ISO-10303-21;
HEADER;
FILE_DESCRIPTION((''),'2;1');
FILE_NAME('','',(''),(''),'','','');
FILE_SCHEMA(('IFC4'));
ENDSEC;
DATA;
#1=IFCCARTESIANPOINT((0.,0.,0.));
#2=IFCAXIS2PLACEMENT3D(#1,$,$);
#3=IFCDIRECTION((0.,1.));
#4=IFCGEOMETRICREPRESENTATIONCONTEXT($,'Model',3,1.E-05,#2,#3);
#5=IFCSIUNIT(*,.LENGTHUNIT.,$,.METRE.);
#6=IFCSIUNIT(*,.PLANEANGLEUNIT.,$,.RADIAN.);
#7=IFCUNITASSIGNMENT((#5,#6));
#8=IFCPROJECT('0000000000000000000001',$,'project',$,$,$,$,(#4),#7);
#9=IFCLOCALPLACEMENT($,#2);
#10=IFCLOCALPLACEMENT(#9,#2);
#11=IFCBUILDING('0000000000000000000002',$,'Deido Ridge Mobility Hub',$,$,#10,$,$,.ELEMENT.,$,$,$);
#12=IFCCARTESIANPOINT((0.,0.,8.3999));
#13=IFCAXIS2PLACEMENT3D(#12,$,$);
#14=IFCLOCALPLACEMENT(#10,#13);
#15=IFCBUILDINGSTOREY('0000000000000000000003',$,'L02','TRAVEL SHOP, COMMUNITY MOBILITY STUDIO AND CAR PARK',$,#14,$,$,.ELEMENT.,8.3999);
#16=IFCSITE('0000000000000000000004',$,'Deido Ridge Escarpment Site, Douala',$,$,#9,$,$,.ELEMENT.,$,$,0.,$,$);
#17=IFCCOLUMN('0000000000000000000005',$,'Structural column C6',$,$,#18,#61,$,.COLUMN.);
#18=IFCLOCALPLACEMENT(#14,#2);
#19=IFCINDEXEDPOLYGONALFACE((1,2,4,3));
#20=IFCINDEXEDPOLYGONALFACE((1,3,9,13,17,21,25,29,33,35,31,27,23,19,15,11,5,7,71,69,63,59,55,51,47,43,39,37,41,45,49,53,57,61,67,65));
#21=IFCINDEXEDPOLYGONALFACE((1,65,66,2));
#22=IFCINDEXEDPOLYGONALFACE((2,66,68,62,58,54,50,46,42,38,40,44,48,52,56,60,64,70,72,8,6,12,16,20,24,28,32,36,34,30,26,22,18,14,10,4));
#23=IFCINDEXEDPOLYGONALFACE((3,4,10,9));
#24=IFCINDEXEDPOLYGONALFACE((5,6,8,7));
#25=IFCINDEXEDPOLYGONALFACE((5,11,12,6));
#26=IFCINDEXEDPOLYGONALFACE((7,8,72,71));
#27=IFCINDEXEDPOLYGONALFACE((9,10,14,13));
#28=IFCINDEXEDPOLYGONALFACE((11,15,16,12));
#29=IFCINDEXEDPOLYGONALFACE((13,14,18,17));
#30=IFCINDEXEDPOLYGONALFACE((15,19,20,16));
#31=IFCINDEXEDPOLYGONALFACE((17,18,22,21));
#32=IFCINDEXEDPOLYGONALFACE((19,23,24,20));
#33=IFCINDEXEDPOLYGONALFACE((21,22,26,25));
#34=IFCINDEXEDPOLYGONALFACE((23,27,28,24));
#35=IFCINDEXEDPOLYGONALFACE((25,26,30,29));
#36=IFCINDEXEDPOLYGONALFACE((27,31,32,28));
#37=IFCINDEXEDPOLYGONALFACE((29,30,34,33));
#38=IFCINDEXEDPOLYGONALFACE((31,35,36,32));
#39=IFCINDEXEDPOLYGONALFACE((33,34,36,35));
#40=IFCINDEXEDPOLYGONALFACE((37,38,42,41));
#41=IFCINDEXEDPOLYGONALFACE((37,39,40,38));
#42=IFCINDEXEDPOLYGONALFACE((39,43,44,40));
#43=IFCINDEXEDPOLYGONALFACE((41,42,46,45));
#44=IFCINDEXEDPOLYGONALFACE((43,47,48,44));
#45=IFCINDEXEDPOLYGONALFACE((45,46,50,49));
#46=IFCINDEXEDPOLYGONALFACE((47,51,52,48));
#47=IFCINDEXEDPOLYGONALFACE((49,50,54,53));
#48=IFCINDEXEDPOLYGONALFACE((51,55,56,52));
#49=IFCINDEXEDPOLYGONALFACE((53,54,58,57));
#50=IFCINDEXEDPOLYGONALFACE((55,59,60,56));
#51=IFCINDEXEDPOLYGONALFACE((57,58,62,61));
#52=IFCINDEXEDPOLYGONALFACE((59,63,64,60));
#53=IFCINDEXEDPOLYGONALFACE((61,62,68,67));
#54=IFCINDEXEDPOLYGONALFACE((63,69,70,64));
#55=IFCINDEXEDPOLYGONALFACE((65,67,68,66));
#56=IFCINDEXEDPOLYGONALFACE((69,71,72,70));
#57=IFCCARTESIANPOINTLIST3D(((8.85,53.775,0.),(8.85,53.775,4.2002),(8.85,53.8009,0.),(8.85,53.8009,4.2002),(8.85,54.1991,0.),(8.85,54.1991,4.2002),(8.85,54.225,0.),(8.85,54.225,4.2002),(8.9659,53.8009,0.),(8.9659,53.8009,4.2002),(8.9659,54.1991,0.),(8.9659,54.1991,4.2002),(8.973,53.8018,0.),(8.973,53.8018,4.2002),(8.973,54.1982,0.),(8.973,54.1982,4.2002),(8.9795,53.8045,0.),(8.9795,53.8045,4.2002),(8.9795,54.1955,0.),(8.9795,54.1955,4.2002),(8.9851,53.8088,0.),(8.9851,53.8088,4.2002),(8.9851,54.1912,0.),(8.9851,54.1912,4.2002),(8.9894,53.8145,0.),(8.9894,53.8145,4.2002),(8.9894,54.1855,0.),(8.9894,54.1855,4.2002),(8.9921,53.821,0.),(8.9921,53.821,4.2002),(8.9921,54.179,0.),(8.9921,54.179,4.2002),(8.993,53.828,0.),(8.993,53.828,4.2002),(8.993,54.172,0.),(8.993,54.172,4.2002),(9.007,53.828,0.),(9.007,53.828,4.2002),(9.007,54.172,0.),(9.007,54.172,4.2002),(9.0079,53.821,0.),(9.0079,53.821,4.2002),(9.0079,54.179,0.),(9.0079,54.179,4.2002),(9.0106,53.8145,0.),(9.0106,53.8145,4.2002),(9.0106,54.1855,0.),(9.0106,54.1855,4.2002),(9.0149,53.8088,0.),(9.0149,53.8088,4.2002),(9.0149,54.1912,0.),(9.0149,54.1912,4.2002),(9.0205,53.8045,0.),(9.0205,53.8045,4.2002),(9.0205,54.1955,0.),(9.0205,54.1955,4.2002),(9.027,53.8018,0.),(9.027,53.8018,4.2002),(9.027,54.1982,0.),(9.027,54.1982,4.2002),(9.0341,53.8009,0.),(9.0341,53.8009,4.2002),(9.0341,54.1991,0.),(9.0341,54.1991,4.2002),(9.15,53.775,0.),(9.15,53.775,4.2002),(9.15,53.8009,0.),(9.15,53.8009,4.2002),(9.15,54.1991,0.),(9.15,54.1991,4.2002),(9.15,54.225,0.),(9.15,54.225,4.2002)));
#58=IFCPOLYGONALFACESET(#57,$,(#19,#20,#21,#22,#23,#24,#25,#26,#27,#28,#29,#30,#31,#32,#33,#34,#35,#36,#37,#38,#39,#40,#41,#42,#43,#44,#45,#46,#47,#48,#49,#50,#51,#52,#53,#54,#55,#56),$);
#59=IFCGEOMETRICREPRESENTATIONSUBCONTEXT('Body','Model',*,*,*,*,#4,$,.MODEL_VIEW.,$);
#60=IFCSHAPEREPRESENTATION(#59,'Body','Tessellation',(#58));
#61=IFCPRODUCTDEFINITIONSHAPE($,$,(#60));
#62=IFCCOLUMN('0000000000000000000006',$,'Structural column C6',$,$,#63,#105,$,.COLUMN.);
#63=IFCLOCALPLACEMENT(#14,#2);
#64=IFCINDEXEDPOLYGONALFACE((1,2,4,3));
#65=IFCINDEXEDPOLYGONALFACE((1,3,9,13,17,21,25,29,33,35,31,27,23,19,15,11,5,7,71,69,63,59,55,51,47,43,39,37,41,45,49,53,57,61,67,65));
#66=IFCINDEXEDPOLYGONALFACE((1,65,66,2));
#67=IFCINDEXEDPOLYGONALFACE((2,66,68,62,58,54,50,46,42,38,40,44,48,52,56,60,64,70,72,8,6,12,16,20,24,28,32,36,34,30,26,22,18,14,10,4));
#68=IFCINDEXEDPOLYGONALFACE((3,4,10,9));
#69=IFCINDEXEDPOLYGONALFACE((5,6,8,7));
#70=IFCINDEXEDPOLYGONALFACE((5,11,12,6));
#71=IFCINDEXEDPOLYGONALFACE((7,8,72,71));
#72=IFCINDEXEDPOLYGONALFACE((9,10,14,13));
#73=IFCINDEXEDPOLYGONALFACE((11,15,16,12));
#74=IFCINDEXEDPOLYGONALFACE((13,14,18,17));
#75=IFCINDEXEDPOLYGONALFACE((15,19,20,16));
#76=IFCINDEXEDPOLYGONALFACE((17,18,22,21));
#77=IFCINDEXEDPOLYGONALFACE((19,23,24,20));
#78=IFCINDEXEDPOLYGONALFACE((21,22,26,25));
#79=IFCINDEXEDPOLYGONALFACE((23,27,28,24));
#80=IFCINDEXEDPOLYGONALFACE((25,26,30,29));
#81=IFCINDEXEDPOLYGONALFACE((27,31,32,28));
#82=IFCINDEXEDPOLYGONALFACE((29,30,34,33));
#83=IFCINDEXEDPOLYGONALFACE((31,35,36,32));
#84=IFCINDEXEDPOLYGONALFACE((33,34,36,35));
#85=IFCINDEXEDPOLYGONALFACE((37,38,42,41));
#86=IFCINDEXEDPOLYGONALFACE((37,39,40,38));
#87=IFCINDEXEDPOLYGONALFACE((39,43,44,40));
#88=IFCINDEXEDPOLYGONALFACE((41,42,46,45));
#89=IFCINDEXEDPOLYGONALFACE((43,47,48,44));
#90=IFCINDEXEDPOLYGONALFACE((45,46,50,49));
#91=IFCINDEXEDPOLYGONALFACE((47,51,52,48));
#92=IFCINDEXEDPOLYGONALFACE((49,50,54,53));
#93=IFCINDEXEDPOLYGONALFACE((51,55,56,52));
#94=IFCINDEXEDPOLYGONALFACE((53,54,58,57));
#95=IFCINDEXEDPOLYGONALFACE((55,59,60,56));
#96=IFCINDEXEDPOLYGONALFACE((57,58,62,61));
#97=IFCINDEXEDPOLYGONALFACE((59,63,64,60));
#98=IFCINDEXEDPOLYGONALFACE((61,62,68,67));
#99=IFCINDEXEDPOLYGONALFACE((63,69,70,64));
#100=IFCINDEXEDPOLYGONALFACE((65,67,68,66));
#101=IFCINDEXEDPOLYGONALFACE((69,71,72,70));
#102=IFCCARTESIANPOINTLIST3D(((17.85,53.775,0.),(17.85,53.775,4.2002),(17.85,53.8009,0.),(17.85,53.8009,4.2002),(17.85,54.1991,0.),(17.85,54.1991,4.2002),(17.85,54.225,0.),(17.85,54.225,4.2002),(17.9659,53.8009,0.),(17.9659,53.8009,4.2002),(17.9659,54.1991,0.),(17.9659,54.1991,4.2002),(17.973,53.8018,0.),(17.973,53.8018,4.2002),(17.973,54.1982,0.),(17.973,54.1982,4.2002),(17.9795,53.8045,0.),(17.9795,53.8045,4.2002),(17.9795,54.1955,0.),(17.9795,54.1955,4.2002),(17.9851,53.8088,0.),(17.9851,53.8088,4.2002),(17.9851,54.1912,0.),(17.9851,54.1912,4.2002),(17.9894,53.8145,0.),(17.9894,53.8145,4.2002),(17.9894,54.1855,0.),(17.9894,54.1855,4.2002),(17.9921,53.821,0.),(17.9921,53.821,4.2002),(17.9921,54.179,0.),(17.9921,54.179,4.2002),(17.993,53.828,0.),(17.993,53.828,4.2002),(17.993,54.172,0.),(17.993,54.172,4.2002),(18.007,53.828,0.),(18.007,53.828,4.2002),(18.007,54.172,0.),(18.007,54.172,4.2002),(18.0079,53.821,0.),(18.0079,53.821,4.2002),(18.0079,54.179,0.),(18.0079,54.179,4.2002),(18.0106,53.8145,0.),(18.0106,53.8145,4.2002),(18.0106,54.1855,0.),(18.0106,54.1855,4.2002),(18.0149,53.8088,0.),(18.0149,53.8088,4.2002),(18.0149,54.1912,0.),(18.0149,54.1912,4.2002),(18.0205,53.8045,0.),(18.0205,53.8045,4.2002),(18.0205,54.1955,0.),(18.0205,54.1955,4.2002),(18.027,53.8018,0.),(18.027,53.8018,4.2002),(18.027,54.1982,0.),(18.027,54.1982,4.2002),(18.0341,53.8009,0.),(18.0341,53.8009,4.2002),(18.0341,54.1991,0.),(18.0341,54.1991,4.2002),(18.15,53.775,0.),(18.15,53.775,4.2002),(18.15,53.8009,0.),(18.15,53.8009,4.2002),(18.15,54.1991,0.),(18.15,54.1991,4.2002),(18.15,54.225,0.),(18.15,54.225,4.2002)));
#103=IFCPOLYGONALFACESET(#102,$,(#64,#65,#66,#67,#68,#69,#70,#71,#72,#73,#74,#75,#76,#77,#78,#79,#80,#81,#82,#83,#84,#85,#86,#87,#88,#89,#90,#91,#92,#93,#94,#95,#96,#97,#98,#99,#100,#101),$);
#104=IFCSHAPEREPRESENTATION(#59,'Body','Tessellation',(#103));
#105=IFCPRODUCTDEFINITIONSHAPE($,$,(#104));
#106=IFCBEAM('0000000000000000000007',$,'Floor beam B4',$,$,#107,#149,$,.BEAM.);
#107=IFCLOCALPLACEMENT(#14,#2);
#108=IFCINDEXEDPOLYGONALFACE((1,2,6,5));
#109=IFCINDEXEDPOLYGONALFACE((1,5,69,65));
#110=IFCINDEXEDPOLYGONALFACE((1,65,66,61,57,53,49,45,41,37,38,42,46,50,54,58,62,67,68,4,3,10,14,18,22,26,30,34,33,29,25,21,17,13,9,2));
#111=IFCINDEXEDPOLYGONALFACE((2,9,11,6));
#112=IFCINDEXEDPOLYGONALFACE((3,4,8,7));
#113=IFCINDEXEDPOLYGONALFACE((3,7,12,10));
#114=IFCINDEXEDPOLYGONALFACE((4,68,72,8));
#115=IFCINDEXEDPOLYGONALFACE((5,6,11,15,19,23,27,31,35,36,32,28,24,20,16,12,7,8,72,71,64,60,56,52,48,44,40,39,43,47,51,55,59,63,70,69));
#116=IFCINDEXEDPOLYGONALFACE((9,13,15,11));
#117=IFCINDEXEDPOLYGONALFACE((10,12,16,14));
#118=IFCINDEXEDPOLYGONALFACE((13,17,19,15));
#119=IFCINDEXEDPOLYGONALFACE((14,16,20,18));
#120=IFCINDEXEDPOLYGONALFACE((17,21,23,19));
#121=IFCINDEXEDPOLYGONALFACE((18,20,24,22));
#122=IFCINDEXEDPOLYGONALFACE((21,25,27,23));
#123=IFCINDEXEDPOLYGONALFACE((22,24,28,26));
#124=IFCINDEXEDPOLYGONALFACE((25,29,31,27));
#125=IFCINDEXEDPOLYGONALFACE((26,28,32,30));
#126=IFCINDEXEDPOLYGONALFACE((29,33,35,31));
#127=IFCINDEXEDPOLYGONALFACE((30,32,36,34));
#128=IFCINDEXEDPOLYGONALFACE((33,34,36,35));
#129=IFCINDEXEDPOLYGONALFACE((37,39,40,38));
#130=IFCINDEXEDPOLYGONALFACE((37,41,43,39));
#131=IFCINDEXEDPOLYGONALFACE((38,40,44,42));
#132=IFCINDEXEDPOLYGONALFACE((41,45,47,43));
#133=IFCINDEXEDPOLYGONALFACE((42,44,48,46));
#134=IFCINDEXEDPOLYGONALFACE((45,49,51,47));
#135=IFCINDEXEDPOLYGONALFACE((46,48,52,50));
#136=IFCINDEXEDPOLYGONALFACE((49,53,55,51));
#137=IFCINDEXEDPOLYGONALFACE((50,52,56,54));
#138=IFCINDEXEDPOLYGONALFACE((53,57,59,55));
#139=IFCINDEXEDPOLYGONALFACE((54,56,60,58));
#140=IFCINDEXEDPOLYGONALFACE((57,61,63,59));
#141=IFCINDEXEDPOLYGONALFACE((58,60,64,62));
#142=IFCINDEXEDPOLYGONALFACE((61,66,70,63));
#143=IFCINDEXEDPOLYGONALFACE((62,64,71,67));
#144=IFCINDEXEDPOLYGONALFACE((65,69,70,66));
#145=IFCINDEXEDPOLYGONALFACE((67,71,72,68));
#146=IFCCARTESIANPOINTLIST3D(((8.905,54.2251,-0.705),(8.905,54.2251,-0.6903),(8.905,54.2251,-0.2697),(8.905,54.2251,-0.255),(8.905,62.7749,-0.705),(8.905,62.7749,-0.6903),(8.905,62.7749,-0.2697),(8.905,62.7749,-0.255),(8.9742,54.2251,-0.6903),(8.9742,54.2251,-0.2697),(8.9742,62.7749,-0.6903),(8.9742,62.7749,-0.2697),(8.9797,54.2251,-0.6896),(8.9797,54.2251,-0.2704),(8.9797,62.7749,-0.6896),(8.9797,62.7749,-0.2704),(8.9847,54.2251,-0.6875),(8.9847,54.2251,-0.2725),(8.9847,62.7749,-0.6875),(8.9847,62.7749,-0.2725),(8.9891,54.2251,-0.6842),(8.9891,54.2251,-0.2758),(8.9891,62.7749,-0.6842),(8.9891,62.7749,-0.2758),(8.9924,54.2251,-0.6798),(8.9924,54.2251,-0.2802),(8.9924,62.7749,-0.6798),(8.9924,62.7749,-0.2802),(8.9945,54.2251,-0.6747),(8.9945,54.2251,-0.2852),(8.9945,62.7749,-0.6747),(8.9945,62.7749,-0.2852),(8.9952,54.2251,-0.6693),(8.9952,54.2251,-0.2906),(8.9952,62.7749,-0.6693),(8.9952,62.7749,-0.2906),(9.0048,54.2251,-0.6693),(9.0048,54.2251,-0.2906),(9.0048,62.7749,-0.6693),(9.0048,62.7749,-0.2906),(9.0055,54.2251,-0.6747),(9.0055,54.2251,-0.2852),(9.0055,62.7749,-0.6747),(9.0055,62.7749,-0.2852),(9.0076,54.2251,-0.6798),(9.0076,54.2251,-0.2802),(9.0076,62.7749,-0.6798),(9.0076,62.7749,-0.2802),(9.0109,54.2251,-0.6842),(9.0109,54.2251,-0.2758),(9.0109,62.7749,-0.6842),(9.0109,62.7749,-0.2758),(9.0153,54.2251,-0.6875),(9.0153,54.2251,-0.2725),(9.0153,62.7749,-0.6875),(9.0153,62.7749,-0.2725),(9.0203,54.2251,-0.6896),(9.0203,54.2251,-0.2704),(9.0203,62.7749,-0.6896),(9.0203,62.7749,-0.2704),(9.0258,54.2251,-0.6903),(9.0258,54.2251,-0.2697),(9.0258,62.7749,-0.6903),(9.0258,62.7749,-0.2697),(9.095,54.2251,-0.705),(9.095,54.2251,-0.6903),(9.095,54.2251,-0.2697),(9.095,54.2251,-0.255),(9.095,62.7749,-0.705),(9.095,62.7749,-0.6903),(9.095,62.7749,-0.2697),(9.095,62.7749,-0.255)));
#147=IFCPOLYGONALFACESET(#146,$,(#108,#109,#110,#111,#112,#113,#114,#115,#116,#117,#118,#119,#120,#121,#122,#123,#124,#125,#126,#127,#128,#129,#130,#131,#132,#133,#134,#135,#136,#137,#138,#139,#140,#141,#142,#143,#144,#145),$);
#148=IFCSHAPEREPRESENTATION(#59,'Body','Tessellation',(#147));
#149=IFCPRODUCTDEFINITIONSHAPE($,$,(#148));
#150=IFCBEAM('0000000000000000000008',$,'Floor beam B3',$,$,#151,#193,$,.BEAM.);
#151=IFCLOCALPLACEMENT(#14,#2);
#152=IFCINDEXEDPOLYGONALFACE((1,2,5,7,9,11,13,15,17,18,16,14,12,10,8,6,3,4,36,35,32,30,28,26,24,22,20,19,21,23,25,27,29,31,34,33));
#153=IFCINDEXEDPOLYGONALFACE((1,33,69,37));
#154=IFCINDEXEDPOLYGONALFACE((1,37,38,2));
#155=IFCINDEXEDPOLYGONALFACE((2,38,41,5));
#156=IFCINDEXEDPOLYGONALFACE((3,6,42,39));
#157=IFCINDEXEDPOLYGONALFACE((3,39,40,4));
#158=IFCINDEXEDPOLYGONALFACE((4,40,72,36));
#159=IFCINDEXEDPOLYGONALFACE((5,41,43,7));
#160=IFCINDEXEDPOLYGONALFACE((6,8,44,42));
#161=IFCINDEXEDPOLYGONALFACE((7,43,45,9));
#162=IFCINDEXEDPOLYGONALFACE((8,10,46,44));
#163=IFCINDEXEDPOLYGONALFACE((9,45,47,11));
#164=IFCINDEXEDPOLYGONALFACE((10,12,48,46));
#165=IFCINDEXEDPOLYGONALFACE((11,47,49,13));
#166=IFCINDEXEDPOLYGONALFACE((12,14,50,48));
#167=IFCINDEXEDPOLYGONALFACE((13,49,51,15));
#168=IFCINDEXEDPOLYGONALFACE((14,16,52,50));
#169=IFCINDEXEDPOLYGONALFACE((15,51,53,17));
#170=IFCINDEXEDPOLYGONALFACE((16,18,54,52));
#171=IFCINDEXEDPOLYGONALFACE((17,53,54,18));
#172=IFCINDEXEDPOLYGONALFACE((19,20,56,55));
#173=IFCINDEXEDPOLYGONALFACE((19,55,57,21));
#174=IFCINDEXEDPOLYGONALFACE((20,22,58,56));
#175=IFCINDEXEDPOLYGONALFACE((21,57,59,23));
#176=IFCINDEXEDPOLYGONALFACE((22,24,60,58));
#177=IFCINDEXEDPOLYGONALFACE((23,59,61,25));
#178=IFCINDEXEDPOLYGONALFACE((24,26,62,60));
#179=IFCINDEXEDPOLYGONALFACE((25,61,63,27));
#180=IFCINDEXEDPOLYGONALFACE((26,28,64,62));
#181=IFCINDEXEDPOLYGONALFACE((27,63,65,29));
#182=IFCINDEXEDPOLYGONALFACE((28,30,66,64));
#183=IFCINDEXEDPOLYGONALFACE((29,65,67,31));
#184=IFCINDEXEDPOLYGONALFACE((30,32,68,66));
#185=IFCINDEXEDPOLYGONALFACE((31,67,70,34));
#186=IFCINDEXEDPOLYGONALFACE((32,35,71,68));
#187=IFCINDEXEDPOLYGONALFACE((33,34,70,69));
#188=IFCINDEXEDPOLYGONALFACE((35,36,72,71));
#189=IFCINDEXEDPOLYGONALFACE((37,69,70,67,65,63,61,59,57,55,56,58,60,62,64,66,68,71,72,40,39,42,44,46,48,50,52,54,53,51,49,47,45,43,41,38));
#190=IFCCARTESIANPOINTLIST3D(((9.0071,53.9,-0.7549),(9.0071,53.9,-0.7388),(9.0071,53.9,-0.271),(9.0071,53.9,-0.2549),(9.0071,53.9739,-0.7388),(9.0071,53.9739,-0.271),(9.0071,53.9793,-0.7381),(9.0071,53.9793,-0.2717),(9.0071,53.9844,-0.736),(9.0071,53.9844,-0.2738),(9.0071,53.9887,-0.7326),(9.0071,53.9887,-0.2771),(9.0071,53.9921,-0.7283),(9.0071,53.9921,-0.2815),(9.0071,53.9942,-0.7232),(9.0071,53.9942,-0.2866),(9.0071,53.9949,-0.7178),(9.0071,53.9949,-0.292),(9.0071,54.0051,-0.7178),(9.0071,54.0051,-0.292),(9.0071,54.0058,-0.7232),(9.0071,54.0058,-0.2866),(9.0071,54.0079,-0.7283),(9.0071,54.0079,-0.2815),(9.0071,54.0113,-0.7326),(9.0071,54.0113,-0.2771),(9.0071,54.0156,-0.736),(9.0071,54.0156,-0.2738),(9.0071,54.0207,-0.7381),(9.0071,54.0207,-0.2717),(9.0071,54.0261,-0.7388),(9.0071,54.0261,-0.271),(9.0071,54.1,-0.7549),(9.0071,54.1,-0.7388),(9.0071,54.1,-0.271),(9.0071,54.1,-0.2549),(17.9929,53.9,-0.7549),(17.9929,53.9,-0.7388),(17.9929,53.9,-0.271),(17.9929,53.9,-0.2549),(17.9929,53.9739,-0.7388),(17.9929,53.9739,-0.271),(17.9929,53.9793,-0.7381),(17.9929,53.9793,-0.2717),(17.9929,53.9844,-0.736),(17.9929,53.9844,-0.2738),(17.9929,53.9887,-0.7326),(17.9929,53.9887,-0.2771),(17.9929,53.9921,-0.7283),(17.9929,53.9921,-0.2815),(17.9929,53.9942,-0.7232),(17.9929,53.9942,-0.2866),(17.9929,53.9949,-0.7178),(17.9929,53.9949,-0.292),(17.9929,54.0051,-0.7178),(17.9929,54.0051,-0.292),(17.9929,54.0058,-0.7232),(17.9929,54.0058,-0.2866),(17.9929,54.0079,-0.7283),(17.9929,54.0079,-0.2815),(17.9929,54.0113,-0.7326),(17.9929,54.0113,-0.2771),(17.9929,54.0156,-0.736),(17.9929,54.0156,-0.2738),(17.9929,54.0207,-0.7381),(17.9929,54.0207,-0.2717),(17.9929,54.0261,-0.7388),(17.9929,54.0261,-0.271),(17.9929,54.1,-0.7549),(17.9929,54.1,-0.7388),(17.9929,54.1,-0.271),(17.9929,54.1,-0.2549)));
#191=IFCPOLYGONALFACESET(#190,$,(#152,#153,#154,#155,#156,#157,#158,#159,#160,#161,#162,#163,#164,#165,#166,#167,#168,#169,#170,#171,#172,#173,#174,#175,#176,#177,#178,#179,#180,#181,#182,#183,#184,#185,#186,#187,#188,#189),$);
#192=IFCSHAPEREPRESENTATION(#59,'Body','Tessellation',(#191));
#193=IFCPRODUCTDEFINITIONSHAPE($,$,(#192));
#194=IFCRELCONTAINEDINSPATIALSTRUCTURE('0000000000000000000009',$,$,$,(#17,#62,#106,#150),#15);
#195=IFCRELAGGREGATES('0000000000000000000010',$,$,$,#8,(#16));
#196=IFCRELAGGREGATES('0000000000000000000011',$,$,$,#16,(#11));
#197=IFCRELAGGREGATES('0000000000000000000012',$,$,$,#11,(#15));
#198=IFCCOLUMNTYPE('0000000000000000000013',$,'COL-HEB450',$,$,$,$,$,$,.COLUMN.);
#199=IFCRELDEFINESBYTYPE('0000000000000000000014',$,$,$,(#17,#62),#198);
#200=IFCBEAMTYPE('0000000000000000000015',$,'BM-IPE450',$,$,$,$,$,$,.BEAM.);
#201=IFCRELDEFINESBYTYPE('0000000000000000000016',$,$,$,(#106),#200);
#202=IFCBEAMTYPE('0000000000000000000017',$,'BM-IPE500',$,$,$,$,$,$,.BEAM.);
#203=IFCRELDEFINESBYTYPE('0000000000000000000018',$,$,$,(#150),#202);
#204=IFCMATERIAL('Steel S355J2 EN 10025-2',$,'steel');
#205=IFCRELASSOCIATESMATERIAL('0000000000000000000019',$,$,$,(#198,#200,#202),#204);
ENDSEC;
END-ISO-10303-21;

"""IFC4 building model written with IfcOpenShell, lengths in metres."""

from ifc_helpers import new_model, si_unit, direction, frame, origin, origin_2d, place, context, subcontext, project, spatial, i_section, extrude, material, material_profile, profile_set, type_object, element, save


model = new_model("IFC4")

# Units and contexts
model_context = context("Model", 3, precision=1e-05, world=origin(), true_north=direction((0.0, 1.0)))
body_context = subcontext(model_context, "Body", "Model", "MODEL_VIEW")
ifc_project = project(units=[si_unit("LENGTHUNIT", "METRE"), si_unit("PLANEANGLEUNIT", "RADIAN")], contexts=[model_context])

# Site, building, storey
site_placement = place(None, origin())
site = spatial("IfcSite", under=ifc_project, at=site_placement, Name="Deido Ridge Escarpment Site, Douala", CompositionType="ELEMENT", RefElevation=0.0)
building_placement = place(site_placement, origin())
building = spatial("IfcBuilding", under=site, at=building_placement, Name="Deido Ridge Mobility Hub", CompositionType="ELEMENT")
storey_placement = place(building_placement, frame((0.0, 0.0, 8.3999)))
storey = spatial("IfcBuildingStorey", under=building, at=storey_placement, Name="L02", Description="TRAVEL SHOP, COMMUNITY MOBILITY STUDIO AND CAR PARK", CompositionType="ELEMENT", Elevation=8.3999)

# Columns
ifc_material_1 = material(Name="Steel S355J2 EN 10025-2", Category="steel")
ifc_material_profile_1 = material_profile(ifc_material_1, i_section(OverallWidth=0.3, OverallDepth=0.45, WebThickness=0.0139, FlangeThickness=0.0259, FilletRadius=0.0271, at=origin_2d()), Name="HEB 450")
ifc_profile_set_1 = profile_set([ifc_material_profile_1], Name="Steel S355J2 EN 10025-2")
column_type = type_object("IfcColumnType", Name="COL-HEB450", PredefinedType="COLUMN", material=ifc_profile_set_1)
for number, where, z_axis, x_axis, name in (
    (1, (9.0, 54.0, 0.0), (0.0, 0.0, 1.0), (1.0, 0.0, 0.0), "Structural column C6"),
    (2, (18.0, 54.0, 0.0), (0.0, 0.0, 1.0), (1.0, 0.0, 0.0), "Structural column C6"),
):
    element("IfcColumn", number, at=place(storey_placement, frame(where, z_axis=z_axis, x_axis=x_axis)), inside=storey, type_object=column_type, Name=name, PredefinedType="COLUMN", context=body_context, shape_type="SweptSolid", body=[
        extrude(i_section(OverallWidth=0.3, OverallDepth=0.45, WebThickness=0.0139, FlangeThickness=0.0259, FilletRadius=0.0271, at=origin_2d()), origin(), (0.0, 0.0, 1.0), 4.2002),
    ])

# Beams
ifc_material_profile_2 = material_profile(ifc_material_1, i_section(OverallWidth=0.1899, OverallDepth=0.45, WebThickness=0.0095, FlangeThickness=0.0146, FilletRadius=0.021, at=origin_2d()), Name="IPE 450")
ifc_profile_set_2 = profile_set([ifc_material_profile_2], Name="Steel S355J2 EN 10025-2")
beam_type_1 = type_object("IfcBeamType", Name="BM-IPE450", PredefinedType="BEAM", material=ifc_profile_set_2)
beam_placement = place(storey_placement, frame((9.0, 54.2251, -0.48), z_axis=(0.0, 1.0, 0.0), x_axis=(-1.0, 0.0, 0.0)))
element("IfcBeam", 3, at=beam_placement, inside=storey, type_object=beam_type_1, Name="Floor beam B4", PredefinedType="BEAM", context=body_context, shape_type="SweptSolid", body=[
    extrude(i_section(OverallWidth=0.1899, OverallDepth=0.45, WebThickness=0.0095, FlangeThickness=0.0146, FilletRadius=0.021, at=origin_2d()), origin(), (0.0, 0.0, 1.0), 8.5498),
])
ifc_material_profile_3 = material_profile(ifc_material_1, i_section(OverallWidth=0.2, OverallDepth=0.5, WebThickness=0.0103, FlangeThickness=0.0161, FilletRadius=0.021, at=origin_2d()), Name="IPE 500")
ifc_profile_set_3 = profile_set([ifc_material_profile_3], Name="Steel S355J2 EN 10025-2")
beam_type_2 = type_object("IfcBeamType", Name="BM-IPE500", PredefinedType="BEAM", material=ifc_profile_set_3)
for number, where, z_axis, x_axis, name in (
    (4, (9.0071, 54.0, -0.5049), (1.0, 0.0, 0.0), (0.0, 1.0, 0.0), "Floor beam B3"),
):
    element("IfcBeam", number, at=place(storey_placement, frame(where, z_axis=z_axis, x_axis=x_axis)), inside=storey, type_object=beam_type_2, Name=name, PredefinedType="BEAM", context=body_context, shape_type="SweptSolid", body=[
        extrude(i_section(OverallWidth=0.2, OverallDepth=0.5, WebThickness=0.0103, FlangeThickness=0.0161, FilletRadius=0.021, at=origin_2d()), origin(), (0.0, 0.0, 1.0), 8.9858),
    ])

save(model, "model.ifc")
